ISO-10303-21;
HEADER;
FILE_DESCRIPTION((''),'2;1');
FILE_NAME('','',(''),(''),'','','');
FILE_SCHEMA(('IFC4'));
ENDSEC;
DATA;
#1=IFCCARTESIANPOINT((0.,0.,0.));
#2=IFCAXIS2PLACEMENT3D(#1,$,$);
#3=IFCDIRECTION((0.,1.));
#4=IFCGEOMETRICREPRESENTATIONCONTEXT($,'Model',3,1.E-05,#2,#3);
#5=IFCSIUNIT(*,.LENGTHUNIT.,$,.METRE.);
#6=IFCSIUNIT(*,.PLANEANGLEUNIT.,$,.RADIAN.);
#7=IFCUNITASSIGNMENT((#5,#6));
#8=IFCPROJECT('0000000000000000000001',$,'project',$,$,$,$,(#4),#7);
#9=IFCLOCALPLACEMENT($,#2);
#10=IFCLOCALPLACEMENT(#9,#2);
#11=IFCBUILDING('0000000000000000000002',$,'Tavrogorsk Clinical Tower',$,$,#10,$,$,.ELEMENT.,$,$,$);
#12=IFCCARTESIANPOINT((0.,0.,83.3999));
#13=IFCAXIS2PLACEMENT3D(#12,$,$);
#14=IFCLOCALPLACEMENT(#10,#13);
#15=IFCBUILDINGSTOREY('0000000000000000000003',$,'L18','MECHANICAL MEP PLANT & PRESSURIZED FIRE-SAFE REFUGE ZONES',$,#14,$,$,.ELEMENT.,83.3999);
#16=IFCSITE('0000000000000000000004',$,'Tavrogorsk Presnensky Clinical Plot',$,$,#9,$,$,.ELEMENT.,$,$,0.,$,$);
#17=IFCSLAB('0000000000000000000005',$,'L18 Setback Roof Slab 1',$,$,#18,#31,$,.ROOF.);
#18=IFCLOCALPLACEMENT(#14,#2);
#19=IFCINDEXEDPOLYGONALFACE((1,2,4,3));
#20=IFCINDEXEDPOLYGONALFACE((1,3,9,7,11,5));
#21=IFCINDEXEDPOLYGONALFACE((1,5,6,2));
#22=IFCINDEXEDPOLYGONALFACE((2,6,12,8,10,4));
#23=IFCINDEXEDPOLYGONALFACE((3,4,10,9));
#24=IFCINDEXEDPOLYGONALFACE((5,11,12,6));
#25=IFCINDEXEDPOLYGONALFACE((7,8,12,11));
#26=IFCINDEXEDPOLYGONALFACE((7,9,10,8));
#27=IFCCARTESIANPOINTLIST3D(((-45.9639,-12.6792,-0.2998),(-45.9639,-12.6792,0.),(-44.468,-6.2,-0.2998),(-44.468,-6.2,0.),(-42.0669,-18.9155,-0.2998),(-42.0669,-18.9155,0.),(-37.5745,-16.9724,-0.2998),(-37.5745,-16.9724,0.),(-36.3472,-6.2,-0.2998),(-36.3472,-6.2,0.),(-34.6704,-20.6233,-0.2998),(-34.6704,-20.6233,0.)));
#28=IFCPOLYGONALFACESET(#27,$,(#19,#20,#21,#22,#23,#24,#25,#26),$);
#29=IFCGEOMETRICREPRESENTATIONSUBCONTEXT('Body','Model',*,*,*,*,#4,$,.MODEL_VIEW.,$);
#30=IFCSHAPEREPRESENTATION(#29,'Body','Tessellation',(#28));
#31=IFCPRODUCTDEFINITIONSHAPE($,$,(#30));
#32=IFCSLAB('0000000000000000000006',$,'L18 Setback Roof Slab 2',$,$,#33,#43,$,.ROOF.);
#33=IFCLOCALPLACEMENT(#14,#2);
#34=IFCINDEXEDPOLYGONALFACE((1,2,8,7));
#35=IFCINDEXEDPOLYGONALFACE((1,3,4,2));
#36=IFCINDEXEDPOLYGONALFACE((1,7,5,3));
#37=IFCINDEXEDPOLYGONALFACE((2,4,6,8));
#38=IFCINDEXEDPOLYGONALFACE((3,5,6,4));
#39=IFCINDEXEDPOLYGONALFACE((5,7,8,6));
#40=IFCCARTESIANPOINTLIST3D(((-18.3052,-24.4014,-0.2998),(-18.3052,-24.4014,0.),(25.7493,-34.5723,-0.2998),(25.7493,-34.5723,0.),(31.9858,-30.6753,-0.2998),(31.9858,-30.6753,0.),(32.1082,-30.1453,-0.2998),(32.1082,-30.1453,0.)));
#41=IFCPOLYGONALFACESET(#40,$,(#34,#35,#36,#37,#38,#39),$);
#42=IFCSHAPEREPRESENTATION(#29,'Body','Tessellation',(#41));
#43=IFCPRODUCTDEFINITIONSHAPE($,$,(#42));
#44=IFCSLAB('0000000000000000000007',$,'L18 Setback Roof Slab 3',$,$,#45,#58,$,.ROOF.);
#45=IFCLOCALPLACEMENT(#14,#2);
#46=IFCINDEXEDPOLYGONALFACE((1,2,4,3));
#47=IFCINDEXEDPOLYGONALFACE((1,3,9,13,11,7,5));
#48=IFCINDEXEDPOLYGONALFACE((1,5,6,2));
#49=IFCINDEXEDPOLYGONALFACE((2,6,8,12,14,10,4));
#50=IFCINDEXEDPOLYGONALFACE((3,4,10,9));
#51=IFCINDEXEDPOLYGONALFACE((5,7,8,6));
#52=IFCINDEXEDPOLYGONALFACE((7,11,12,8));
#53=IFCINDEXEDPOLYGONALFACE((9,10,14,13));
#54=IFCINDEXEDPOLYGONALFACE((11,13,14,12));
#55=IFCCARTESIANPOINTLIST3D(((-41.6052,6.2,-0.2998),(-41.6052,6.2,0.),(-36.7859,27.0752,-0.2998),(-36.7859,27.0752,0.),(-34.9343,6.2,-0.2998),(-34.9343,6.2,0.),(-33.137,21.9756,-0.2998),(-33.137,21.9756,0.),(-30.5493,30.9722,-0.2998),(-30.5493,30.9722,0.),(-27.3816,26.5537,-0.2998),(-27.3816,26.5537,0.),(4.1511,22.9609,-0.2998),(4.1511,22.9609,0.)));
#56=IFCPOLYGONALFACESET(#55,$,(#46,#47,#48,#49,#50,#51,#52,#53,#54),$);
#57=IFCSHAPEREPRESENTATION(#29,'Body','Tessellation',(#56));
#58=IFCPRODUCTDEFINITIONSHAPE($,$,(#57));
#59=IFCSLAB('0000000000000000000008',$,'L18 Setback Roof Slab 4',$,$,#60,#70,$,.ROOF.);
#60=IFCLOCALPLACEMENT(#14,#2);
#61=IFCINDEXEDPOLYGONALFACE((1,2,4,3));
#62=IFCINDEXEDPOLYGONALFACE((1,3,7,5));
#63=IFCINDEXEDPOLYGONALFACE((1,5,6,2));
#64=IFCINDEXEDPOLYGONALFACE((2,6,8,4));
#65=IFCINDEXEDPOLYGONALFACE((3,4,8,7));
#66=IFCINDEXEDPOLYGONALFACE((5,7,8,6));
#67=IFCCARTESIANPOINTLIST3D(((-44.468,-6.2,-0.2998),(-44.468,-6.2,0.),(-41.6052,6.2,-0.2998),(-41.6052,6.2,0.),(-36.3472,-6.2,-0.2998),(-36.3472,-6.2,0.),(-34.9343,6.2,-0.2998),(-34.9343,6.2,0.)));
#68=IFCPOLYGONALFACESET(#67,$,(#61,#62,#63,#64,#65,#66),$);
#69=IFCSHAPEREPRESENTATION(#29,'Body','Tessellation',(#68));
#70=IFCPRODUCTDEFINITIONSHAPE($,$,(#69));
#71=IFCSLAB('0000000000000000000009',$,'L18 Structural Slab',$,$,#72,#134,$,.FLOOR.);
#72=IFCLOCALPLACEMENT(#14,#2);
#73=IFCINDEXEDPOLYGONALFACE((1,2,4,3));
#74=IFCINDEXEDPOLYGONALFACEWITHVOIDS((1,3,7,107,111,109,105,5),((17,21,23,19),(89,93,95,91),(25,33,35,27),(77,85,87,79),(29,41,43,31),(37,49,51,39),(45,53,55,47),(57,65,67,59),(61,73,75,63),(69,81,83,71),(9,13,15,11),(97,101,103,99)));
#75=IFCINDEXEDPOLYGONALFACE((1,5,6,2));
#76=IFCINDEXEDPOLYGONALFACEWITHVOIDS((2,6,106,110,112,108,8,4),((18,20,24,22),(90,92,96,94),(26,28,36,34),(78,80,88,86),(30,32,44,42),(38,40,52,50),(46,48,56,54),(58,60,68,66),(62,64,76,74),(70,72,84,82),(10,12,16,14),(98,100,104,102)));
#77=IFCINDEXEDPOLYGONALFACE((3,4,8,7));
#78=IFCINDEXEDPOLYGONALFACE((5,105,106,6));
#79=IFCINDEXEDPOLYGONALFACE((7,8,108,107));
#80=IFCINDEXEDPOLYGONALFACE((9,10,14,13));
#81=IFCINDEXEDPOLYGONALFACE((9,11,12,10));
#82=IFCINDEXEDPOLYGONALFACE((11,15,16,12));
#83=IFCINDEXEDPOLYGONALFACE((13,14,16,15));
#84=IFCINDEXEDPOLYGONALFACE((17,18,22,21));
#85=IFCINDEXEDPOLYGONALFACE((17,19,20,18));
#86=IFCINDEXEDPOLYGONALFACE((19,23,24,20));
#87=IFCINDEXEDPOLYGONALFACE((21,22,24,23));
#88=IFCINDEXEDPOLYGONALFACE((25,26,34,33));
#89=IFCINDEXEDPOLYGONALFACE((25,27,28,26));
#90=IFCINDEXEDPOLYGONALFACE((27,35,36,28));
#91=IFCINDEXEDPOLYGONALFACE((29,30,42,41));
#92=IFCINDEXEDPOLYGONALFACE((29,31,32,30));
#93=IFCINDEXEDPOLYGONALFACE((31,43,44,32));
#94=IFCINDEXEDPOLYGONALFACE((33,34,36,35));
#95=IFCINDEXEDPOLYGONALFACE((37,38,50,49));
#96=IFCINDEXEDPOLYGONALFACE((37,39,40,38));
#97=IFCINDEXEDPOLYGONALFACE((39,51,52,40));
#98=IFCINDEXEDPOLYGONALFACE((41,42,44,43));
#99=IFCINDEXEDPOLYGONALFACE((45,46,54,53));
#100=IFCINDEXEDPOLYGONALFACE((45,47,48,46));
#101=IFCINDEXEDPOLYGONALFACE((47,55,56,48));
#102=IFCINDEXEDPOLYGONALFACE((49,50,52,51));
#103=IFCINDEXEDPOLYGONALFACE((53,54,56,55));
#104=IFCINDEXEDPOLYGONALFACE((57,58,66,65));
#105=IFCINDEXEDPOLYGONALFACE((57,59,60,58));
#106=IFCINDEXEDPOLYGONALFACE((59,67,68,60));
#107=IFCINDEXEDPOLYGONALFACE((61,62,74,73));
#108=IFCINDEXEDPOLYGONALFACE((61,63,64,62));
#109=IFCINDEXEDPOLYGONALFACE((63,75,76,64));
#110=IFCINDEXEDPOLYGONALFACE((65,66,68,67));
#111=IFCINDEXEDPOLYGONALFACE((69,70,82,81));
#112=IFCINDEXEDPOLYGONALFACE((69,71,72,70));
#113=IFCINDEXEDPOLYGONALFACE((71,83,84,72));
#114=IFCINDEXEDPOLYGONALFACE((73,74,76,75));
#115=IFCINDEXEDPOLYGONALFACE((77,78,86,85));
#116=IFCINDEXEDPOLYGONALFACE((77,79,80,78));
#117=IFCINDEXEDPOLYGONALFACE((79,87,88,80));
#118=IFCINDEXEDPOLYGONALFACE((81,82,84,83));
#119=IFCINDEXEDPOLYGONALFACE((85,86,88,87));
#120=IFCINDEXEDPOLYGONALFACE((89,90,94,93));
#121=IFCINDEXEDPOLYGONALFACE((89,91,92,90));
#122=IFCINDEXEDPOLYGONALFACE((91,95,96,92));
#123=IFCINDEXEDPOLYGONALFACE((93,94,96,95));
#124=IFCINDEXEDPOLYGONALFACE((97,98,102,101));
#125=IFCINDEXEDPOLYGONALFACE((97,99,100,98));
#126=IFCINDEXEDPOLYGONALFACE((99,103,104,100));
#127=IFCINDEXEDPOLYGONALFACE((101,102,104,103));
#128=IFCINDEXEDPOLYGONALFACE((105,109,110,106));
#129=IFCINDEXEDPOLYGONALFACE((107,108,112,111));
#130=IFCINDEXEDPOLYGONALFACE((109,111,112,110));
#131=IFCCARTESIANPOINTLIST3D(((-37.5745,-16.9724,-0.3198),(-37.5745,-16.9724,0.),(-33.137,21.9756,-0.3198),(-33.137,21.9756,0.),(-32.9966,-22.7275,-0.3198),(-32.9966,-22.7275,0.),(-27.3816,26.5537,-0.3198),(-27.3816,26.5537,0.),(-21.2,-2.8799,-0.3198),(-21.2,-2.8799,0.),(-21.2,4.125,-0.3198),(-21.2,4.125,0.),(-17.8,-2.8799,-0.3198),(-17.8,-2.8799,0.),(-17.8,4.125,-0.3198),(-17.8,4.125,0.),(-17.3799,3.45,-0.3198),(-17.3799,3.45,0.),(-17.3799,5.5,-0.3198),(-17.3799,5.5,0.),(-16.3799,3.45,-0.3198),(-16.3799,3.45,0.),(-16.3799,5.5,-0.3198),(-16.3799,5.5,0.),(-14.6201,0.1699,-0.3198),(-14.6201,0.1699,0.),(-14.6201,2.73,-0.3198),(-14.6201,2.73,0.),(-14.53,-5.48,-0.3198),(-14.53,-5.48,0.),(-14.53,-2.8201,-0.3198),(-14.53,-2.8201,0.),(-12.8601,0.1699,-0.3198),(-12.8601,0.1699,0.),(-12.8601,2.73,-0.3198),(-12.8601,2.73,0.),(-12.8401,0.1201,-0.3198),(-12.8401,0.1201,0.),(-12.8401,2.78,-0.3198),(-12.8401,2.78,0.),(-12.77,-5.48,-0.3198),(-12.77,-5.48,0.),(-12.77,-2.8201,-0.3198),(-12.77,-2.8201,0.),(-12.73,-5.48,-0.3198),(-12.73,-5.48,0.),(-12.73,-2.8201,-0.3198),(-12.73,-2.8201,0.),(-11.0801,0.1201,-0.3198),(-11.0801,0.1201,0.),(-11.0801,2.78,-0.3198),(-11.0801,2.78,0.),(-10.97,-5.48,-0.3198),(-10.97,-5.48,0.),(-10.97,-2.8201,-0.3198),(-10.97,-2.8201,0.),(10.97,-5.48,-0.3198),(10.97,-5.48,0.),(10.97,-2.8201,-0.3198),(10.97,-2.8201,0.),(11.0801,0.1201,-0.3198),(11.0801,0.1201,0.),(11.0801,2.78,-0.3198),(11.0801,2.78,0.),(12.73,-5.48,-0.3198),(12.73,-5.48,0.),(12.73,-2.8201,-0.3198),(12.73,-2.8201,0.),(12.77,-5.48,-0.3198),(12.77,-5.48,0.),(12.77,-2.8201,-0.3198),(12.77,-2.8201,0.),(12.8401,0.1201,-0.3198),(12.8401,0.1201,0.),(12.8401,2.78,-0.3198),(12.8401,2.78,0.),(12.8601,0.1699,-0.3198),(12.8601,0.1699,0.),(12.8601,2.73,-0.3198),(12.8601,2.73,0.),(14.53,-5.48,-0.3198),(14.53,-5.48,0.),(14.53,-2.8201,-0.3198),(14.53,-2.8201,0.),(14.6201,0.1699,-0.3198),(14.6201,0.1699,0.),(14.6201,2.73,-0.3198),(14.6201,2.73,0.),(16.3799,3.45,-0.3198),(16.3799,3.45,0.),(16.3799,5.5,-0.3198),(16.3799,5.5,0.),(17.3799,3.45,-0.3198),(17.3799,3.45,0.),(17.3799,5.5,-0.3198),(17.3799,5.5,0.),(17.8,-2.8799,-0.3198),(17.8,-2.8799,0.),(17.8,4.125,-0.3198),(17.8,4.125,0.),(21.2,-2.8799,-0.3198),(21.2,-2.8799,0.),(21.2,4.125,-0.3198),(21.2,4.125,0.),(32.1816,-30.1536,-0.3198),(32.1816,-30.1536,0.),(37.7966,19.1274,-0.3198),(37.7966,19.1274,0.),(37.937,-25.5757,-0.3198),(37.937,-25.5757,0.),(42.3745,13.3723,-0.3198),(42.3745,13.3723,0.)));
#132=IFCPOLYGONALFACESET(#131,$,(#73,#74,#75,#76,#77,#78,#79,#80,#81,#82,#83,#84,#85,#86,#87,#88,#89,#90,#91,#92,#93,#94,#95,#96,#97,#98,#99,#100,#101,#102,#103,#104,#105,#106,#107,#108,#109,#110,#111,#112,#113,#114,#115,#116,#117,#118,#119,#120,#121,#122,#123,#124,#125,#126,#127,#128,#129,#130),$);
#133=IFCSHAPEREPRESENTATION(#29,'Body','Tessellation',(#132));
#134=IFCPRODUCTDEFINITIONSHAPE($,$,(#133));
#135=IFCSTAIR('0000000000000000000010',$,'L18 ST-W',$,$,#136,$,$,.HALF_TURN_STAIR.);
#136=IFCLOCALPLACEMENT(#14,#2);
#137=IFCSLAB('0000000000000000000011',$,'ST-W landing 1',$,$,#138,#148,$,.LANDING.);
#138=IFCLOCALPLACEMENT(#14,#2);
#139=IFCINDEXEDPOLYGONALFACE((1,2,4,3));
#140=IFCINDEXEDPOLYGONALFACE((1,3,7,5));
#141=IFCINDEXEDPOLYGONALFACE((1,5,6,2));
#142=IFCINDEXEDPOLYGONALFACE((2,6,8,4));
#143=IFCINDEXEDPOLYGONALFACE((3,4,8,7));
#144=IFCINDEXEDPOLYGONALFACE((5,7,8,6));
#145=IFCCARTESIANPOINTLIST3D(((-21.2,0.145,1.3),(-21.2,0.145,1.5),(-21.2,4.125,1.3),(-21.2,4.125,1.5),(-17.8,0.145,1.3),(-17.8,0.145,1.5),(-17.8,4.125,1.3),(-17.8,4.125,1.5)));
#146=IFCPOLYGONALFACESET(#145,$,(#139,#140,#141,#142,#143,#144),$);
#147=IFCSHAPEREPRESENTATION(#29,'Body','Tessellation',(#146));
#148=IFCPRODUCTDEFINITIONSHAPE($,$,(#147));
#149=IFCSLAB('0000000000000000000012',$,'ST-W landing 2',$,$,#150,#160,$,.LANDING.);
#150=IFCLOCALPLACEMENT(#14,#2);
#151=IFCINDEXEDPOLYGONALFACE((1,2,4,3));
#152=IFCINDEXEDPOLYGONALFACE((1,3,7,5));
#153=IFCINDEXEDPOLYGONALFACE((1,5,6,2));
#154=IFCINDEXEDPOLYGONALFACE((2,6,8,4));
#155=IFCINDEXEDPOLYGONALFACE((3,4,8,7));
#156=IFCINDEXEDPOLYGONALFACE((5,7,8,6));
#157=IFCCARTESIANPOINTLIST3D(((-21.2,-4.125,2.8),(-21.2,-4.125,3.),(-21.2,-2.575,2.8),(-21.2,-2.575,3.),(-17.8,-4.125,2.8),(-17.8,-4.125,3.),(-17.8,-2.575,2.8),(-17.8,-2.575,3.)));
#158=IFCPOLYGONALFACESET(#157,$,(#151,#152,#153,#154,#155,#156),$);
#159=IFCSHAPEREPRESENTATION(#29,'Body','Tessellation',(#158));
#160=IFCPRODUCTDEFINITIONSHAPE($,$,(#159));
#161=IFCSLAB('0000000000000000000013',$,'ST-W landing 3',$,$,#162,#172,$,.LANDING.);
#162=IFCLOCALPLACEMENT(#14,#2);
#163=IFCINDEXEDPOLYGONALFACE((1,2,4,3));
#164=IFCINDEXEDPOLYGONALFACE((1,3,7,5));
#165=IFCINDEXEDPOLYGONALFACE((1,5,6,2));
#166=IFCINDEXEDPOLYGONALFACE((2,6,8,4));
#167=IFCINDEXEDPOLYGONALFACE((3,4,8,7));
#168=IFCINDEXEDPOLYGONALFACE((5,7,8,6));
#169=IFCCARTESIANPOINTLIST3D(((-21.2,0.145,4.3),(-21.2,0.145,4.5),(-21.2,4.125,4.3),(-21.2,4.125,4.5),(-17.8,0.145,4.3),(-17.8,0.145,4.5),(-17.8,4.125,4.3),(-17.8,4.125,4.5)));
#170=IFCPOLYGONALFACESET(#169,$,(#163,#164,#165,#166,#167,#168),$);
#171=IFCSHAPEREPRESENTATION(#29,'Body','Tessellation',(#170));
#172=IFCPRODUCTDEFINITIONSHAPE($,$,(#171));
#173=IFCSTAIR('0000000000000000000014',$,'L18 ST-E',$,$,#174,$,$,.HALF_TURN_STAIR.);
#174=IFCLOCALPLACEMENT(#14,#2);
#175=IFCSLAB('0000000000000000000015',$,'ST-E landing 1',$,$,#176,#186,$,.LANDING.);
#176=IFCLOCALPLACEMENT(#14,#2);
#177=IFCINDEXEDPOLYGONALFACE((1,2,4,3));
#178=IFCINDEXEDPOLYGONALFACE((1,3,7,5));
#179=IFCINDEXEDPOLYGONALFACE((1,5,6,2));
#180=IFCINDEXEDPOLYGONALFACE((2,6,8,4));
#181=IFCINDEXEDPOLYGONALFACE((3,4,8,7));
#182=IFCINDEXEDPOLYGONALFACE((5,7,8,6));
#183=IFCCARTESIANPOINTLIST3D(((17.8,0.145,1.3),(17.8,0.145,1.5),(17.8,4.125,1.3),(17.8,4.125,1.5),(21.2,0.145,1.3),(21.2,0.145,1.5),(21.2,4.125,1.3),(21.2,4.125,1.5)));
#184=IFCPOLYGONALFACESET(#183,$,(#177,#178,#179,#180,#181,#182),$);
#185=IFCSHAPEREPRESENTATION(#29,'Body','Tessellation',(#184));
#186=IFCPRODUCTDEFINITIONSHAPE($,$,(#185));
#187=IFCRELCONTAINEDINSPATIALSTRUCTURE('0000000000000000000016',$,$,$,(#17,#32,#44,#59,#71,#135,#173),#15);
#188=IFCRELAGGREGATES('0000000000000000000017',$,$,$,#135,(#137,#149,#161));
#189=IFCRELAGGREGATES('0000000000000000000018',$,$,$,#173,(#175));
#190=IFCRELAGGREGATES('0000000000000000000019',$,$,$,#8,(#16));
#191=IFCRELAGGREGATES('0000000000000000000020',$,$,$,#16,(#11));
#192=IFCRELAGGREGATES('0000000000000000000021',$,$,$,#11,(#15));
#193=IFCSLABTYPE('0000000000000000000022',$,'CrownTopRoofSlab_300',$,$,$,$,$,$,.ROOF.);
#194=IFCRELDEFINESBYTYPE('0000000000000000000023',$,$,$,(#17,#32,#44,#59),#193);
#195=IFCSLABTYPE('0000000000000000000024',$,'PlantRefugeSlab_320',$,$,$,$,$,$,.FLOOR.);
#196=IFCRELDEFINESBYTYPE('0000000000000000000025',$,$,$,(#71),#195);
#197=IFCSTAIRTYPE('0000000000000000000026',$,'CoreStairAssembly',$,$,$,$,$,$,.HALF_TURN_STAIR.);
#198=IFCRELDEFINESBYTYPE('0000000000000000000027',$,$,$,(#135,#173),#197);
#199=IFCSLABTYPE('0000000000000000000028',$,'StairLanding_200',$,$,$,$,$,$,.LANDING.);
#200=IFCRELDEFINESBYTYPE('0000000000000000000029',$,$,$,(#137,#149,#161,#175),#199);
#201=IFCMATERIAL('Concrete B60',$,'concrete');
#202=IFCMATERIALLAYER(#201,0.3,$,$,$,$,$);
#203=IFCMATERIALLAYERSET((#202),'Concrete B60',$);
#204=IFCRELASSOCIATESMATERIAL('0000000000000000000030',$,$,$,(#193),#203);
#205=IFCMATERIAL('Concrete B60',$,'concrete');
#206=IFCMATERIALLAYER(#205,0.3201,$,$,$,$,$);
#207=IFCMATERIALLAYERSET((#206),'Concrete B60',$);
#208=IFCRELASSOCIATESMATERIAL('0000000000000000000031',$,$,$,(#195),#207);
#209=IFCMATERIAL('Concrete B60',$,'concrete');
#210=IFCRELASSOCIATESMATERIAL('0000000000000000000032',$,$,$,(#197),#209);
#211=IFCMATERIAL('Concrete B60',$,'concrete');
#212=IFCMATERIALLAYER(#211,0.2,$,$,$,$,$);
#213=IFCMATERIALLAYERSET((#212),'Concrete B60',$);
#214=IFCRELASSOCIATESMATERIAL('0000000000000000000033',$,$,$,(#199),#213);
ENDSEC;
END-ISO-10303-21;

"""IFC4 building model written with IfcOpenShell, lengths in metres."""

from ifc_helpers import new_model, si_unit, direction, frame, origin, place, context, subcontext, project, spatial, polyline, outline, extrude, material, layer, layer_set, type_object, element, aggregate, save


model = new_model("IFC4")

# Units and contexts
model_context = context("Model", 3, precision=1e-05, world=origin(), true_north=direction((0.0, 1.0)))
body_context = subcontext(model_context, "Body", "Model", "MODEL_VIEW")
ifc_project = project(units=[si_unit("LENGTHUNIT", "METRE"), si_unit("PLANEANGLEUNIT", "RADIAN")], contexts=[model_context])

# Site, building, storey
site_placement = place(None, origin())
site = spatial("IfcSite", under=ifc_project, at=site_placement, Name="Tavrogorsk Presnensky Clinical Plot", CompositionType="ELEMENT", RefElevation=0.0)
building_placement = place(site_placement, origin())
building = spatial("IfcBuilding", under=site, at=building_placement, Name="Tavrogorsk Clinical Tower", CompositionType="ELEMENT")
storey_placement = place(building_placement, frame((0.0, 0.0, 83.3999)))
storey = spatial("IfcBuildingStorey", under=building, at=storey_placement, Name="L18", Description="MECHANICAL MEP PLANT & PRESSURIZED FIRE-SAFE REFUGE ZONES", CompositionType="ELEMENT", Elevation=83.3999)

# Slabs
ifc_material_1 = material(Name="Concrete B60", Category="concrete")
ifc_layer_1 = layer(ifc_material_1, 0.3)
ifc_layer_set_1 = layer_set([ifc_layer_1], Name="Concrete B60")
slab_type_1 = type_object("IfcSlabType", Name="CrownTopRoofSlab_300", PredefinedType="ROOF", material=ifc_layer_set_1)
slab_1_placement = place(storey_placement, frame((0.0, 0.0, -0.2998)))
element("IfcSlab", 1, at=slab_1_placement, inside=storey, type_object=slab_type_1, Name="L18 Setback Roof Slab 1", PredefinedType="ROOF", context=body_context, shape_type="SweptSolid", body=[
    extrude(outline(polyline([(-45.9639, -12.6792), (-44.468, -6.2), (-36.3472, -6.2), (-37.5745, -16.9724), (-34.6704, -20.6233), (-42.0669, -18.9155), (-45.9639, -12.6792)])), origin(), (0.0, 0.0, 1.0), 0.2998),
])
slab_2_placement = place(storey_placement, frame((0.0, 0.0, -0.2998)))
element("IfcSlab", 2, at=slab_2_placement, inside=storey, type_object=slab_type_1, Name="L18 Setback Roof Slab 2", PredefinedType="ROOF", context=body_context, shape_type="SweptSolid", body=[
    extrude(outline(polyline([(25.7493, -34.5723), (-18.3052, -24.4014), (32.1082, -30.1453), (31.9858, -30.6753), (25.7493, -34.5723)])), origin(), (0.0, 0.0, 1.0), 0.2998),
])
slab_3_placement = place(storey_placement, frame((0.0, 0.0, -0.2998)))
element("IfcSlab", 3, at=slab_3_placement, inside=storey, type_object=slab_type_1, Name="L18 Setback Roof Slab 3", PredefinedType="ROOF", context=body_context, shape_type="SweptSolid", body=[
    extrude(outline(polyline([(-36.7859, 27.0752), (-30.5493, 30.9722), (4.1511, 22.9609), (-27.3816, 26.5537), (-33.137, 21.9756), (-34.9343, 6.2), (-41.6052, 6.2), (-36.7859, 27.0752)])), origin(), (0.0, 0.0, 1.0), 0.2998),
])
slab_4_placement = place(storey_placement, frame((0.0, 0.0, -0.2998)))
element("IfcSlab", 4, at=slab_4_placement, inside=storey, type_object=slab_type_1, Name="L18 Setback Roof Slab 4", PredefinedType="ROOF", context=body_context, shape_type="SweptSolid", body=[
    extrude(outline(polyline([(-41.6052, 6.2), (-34.9343, 6.2), (-36.3472, -6.2), (-44.468, -6.2), (-41.6052, 6.2)])), origin(), (0.0, 0.0, 1.0), 0.2998),
])
ifc_material_2 = material(Name="Concrete B60", Category="concrete")
ifc_layer_2 = layer(ifc_material_2, 0.3201)
ifc_layer_set_2 = layer_set([ifc_layer_2], Name="Concrete B60")
slab_type_2 = type_object("IfcSlabType", Name="PlantRefugeSlab_320", PredefinedType="FLOOR", material=ifc_layer_set_2)
slab_5_placement = place(storey_placement, frame((0.0, 0.0, -0.3198)))
element("IfcSlab", 5, at=slab_5_placement, inside=storey, type_object=slab_type_2, Name="L18 Structural Slab", PredefinedType="FLOOR", context=body_context, shape_type="SweptSolid", body=[
    extrude(outline(polyline([(-32.9966, -22.7275), (32.1816, -30.1536), (37.937, -25.5757), (42.3745, 13.3723), (37.7966, 19.1274), (-27.3816, 26.5537), (-33.137, 21.9756), (-37.5745, -16.9724), (-32.9966, -22.7275)]), holes=[polyline([(-17.8, -2.8799), (-17.8, 4.125), (-21.2, 4.125), (-21.2, -2.8799), (-17.8, -2.8799)]), polyline([(21.2, -2.8799), (21.2, 4.125), (17.8, 4.125), (17.8, -2.8799), (21.2, -2.8799)]), polyline([(-14.6201, 0.1699), (-12.8601, 0.1699), (-12.8601, 2.73), (-14.6201, 2.73), (-14.6201, 0.1699)]), polyline([(-14.53, -5.48), (-12.77, -5.48), (-12.77, -2.8201), (-14.53, -2.8201), (-14.53, -5.48)]), polyline([(-12.73, -5.48), (-10.97, -5.48), (-10.97, -2.8201), (-12.73, -2.8201), (-12.73, -5.48)]), polyline([(-12.8401, 0.1201), (-11.0801, 0.1201), (-11.0801, 2.78), (-12.8401, 2.78), (-12.8401, 0.1201)]), polyline([(12.8601, 0.1699), (14.6201, 0.1699), (14.6201, 2.73), (12.8601, 2.73), (12.8601, 0.1699)]), polyline([(12.77, -5.48), (14.53, -5.48), (14.53, -2.8201), (12.77, -2.8201), (12.77, -5.48)]), polyline([(10.97, -5.48), (12.73, -5.48), (12.73, -2.8201), (10.97, -2.8201), (10.97, -5.48)]), polyline([(11.0801, 0.1201), (12.8401, 0.1201), (12.8401, 2.78), (11.0801, 2.78), (11.0801, 0.1201)]), polyline([(-17.3799, 3.45), (-16.3799, 3.45), (-16.3799, 5.5), (-17.3799, 5.5), (-17.3799, 3.45)]), polyline([(16.3799, 3.45), (17.3799, 3.45), (17.3799, 5.5), (16.3799, 5.5), (16.3799, 3.45)])]), origin(), (0.0, 0.0, 1.0), 0.3198),
])

# Stairs, slabs
ifc_material_3 = material(Name="Concrete B60", Category="concrete")
stair_type = type_object("IfcStairType", Name="CoreStairAssembly", PredefinedType="HALF_TURN_STAIR", material=ifc_material_3)
stair_1_placement = place(storey_placement, origin())
stair_1 = element("IfcStair", 6, at=stair_1_placement, inside=storey, type_object=stair_type, Name="L18 ST-W", PredefinedType="HALF_TURN_STAIR")
ifc_material_4 = material(Name="Concrete B60", Category="concrete")
ifc_layer_3 = layer(ifc_material_4, 0.2)
ifc_layer_set_3 = layer_set([ifc_layer_3], Name="Concrete B60")
slab_type_3 = type_object("IfcSlabType", Name="StairLanding_200", PredefinedType="LANDING", material=ifc_layer_set_3)
slab_6_placement = place(storey_placement, frame((0.0, 0.0, 1.3)))
slab_6 = element("IfcSlab", 7, at=slab_6_placement, type_object=slab_type_3, Name="ST-W landing 1", PredefinedType="LANDING", context=body_context, shape_type="SweptSolid", body=[
    extrude(outline(polyline([(-17.8, 0.145), (-17.8, 4.125), (-21.2, 4.125), (-21.2, 0.145), (-17.8, 0.145)])), origin(), (0.0, 0.0, 1.0), 0.2),
])
slab_7_placement = place(storey_placement, frame((0.0, 0.0, 2.8)))
slab_7 = element("IfcSlab", 8, at=slab_7_placement, type_object=slab_type_3, Name="ST-W landing 2", PredefinedType="LANDING", context=body_context, shape_type="SweptSolid", body=[
    extrude(outline(polyline([(-17.8, -4.125), (-17.8, -2.575), (-21.2, -2.575), (-21.2, -4.125), (-17.8, -4.125)])), origin(), (0.0, 0.0, 1.0), 0.2),
])
slab_8_placement = place(storey_placement, frame((0.0, 0.0, 4.3)))
slab_8 = element("IfcSlab", 9, at=slab_8_placement, type_object=slab_type_3, Name="ST-W landing 3", PredefinedType="LANDING", context=body_context, shape_type="SweptSolid", body=[
    extrude(outline(polyline([(-17.8, 0.145), (-17.8, 4.125), (-21.2, 4.125), (-21.2, 0.145), (-17.8, 0.145)])), origin(), (0.0, 0.0, 1.0), 0.2),
])
aggregate(stair_1, [slab_6, slab_7, slab_8])
stair_2_placement = place(storey_placement, origin())
stair_2 = element("IfcStair", 10, at=stair_2_placement, inside=storey, type_object=stair_type, Name="L18 ST-E", PredefinedType="HALF_TURN_STAIR")
slab_9_placement = place(storey_placement, frame((0.0, 0.0, 1.3)))
slab_9 = element("IfcSlab", 11, at=slab_9_placement, type_object=slab_type_3, Name="ST-E landing 1", PredefinedType="LANDING", context=body_context, shape_type="SweptSolid", body=[
    extrude(outline(polyline([(21.2, 0.145), (21.2, 4.125), (17.8, 4.125), (17.8, 0.145), (21.2, 0.145)])), origin(), (0.0, 0.0, 1.0), 0.2),
])
aggregate(stair_2, [slab_9])

save(model, "model.ifc")
